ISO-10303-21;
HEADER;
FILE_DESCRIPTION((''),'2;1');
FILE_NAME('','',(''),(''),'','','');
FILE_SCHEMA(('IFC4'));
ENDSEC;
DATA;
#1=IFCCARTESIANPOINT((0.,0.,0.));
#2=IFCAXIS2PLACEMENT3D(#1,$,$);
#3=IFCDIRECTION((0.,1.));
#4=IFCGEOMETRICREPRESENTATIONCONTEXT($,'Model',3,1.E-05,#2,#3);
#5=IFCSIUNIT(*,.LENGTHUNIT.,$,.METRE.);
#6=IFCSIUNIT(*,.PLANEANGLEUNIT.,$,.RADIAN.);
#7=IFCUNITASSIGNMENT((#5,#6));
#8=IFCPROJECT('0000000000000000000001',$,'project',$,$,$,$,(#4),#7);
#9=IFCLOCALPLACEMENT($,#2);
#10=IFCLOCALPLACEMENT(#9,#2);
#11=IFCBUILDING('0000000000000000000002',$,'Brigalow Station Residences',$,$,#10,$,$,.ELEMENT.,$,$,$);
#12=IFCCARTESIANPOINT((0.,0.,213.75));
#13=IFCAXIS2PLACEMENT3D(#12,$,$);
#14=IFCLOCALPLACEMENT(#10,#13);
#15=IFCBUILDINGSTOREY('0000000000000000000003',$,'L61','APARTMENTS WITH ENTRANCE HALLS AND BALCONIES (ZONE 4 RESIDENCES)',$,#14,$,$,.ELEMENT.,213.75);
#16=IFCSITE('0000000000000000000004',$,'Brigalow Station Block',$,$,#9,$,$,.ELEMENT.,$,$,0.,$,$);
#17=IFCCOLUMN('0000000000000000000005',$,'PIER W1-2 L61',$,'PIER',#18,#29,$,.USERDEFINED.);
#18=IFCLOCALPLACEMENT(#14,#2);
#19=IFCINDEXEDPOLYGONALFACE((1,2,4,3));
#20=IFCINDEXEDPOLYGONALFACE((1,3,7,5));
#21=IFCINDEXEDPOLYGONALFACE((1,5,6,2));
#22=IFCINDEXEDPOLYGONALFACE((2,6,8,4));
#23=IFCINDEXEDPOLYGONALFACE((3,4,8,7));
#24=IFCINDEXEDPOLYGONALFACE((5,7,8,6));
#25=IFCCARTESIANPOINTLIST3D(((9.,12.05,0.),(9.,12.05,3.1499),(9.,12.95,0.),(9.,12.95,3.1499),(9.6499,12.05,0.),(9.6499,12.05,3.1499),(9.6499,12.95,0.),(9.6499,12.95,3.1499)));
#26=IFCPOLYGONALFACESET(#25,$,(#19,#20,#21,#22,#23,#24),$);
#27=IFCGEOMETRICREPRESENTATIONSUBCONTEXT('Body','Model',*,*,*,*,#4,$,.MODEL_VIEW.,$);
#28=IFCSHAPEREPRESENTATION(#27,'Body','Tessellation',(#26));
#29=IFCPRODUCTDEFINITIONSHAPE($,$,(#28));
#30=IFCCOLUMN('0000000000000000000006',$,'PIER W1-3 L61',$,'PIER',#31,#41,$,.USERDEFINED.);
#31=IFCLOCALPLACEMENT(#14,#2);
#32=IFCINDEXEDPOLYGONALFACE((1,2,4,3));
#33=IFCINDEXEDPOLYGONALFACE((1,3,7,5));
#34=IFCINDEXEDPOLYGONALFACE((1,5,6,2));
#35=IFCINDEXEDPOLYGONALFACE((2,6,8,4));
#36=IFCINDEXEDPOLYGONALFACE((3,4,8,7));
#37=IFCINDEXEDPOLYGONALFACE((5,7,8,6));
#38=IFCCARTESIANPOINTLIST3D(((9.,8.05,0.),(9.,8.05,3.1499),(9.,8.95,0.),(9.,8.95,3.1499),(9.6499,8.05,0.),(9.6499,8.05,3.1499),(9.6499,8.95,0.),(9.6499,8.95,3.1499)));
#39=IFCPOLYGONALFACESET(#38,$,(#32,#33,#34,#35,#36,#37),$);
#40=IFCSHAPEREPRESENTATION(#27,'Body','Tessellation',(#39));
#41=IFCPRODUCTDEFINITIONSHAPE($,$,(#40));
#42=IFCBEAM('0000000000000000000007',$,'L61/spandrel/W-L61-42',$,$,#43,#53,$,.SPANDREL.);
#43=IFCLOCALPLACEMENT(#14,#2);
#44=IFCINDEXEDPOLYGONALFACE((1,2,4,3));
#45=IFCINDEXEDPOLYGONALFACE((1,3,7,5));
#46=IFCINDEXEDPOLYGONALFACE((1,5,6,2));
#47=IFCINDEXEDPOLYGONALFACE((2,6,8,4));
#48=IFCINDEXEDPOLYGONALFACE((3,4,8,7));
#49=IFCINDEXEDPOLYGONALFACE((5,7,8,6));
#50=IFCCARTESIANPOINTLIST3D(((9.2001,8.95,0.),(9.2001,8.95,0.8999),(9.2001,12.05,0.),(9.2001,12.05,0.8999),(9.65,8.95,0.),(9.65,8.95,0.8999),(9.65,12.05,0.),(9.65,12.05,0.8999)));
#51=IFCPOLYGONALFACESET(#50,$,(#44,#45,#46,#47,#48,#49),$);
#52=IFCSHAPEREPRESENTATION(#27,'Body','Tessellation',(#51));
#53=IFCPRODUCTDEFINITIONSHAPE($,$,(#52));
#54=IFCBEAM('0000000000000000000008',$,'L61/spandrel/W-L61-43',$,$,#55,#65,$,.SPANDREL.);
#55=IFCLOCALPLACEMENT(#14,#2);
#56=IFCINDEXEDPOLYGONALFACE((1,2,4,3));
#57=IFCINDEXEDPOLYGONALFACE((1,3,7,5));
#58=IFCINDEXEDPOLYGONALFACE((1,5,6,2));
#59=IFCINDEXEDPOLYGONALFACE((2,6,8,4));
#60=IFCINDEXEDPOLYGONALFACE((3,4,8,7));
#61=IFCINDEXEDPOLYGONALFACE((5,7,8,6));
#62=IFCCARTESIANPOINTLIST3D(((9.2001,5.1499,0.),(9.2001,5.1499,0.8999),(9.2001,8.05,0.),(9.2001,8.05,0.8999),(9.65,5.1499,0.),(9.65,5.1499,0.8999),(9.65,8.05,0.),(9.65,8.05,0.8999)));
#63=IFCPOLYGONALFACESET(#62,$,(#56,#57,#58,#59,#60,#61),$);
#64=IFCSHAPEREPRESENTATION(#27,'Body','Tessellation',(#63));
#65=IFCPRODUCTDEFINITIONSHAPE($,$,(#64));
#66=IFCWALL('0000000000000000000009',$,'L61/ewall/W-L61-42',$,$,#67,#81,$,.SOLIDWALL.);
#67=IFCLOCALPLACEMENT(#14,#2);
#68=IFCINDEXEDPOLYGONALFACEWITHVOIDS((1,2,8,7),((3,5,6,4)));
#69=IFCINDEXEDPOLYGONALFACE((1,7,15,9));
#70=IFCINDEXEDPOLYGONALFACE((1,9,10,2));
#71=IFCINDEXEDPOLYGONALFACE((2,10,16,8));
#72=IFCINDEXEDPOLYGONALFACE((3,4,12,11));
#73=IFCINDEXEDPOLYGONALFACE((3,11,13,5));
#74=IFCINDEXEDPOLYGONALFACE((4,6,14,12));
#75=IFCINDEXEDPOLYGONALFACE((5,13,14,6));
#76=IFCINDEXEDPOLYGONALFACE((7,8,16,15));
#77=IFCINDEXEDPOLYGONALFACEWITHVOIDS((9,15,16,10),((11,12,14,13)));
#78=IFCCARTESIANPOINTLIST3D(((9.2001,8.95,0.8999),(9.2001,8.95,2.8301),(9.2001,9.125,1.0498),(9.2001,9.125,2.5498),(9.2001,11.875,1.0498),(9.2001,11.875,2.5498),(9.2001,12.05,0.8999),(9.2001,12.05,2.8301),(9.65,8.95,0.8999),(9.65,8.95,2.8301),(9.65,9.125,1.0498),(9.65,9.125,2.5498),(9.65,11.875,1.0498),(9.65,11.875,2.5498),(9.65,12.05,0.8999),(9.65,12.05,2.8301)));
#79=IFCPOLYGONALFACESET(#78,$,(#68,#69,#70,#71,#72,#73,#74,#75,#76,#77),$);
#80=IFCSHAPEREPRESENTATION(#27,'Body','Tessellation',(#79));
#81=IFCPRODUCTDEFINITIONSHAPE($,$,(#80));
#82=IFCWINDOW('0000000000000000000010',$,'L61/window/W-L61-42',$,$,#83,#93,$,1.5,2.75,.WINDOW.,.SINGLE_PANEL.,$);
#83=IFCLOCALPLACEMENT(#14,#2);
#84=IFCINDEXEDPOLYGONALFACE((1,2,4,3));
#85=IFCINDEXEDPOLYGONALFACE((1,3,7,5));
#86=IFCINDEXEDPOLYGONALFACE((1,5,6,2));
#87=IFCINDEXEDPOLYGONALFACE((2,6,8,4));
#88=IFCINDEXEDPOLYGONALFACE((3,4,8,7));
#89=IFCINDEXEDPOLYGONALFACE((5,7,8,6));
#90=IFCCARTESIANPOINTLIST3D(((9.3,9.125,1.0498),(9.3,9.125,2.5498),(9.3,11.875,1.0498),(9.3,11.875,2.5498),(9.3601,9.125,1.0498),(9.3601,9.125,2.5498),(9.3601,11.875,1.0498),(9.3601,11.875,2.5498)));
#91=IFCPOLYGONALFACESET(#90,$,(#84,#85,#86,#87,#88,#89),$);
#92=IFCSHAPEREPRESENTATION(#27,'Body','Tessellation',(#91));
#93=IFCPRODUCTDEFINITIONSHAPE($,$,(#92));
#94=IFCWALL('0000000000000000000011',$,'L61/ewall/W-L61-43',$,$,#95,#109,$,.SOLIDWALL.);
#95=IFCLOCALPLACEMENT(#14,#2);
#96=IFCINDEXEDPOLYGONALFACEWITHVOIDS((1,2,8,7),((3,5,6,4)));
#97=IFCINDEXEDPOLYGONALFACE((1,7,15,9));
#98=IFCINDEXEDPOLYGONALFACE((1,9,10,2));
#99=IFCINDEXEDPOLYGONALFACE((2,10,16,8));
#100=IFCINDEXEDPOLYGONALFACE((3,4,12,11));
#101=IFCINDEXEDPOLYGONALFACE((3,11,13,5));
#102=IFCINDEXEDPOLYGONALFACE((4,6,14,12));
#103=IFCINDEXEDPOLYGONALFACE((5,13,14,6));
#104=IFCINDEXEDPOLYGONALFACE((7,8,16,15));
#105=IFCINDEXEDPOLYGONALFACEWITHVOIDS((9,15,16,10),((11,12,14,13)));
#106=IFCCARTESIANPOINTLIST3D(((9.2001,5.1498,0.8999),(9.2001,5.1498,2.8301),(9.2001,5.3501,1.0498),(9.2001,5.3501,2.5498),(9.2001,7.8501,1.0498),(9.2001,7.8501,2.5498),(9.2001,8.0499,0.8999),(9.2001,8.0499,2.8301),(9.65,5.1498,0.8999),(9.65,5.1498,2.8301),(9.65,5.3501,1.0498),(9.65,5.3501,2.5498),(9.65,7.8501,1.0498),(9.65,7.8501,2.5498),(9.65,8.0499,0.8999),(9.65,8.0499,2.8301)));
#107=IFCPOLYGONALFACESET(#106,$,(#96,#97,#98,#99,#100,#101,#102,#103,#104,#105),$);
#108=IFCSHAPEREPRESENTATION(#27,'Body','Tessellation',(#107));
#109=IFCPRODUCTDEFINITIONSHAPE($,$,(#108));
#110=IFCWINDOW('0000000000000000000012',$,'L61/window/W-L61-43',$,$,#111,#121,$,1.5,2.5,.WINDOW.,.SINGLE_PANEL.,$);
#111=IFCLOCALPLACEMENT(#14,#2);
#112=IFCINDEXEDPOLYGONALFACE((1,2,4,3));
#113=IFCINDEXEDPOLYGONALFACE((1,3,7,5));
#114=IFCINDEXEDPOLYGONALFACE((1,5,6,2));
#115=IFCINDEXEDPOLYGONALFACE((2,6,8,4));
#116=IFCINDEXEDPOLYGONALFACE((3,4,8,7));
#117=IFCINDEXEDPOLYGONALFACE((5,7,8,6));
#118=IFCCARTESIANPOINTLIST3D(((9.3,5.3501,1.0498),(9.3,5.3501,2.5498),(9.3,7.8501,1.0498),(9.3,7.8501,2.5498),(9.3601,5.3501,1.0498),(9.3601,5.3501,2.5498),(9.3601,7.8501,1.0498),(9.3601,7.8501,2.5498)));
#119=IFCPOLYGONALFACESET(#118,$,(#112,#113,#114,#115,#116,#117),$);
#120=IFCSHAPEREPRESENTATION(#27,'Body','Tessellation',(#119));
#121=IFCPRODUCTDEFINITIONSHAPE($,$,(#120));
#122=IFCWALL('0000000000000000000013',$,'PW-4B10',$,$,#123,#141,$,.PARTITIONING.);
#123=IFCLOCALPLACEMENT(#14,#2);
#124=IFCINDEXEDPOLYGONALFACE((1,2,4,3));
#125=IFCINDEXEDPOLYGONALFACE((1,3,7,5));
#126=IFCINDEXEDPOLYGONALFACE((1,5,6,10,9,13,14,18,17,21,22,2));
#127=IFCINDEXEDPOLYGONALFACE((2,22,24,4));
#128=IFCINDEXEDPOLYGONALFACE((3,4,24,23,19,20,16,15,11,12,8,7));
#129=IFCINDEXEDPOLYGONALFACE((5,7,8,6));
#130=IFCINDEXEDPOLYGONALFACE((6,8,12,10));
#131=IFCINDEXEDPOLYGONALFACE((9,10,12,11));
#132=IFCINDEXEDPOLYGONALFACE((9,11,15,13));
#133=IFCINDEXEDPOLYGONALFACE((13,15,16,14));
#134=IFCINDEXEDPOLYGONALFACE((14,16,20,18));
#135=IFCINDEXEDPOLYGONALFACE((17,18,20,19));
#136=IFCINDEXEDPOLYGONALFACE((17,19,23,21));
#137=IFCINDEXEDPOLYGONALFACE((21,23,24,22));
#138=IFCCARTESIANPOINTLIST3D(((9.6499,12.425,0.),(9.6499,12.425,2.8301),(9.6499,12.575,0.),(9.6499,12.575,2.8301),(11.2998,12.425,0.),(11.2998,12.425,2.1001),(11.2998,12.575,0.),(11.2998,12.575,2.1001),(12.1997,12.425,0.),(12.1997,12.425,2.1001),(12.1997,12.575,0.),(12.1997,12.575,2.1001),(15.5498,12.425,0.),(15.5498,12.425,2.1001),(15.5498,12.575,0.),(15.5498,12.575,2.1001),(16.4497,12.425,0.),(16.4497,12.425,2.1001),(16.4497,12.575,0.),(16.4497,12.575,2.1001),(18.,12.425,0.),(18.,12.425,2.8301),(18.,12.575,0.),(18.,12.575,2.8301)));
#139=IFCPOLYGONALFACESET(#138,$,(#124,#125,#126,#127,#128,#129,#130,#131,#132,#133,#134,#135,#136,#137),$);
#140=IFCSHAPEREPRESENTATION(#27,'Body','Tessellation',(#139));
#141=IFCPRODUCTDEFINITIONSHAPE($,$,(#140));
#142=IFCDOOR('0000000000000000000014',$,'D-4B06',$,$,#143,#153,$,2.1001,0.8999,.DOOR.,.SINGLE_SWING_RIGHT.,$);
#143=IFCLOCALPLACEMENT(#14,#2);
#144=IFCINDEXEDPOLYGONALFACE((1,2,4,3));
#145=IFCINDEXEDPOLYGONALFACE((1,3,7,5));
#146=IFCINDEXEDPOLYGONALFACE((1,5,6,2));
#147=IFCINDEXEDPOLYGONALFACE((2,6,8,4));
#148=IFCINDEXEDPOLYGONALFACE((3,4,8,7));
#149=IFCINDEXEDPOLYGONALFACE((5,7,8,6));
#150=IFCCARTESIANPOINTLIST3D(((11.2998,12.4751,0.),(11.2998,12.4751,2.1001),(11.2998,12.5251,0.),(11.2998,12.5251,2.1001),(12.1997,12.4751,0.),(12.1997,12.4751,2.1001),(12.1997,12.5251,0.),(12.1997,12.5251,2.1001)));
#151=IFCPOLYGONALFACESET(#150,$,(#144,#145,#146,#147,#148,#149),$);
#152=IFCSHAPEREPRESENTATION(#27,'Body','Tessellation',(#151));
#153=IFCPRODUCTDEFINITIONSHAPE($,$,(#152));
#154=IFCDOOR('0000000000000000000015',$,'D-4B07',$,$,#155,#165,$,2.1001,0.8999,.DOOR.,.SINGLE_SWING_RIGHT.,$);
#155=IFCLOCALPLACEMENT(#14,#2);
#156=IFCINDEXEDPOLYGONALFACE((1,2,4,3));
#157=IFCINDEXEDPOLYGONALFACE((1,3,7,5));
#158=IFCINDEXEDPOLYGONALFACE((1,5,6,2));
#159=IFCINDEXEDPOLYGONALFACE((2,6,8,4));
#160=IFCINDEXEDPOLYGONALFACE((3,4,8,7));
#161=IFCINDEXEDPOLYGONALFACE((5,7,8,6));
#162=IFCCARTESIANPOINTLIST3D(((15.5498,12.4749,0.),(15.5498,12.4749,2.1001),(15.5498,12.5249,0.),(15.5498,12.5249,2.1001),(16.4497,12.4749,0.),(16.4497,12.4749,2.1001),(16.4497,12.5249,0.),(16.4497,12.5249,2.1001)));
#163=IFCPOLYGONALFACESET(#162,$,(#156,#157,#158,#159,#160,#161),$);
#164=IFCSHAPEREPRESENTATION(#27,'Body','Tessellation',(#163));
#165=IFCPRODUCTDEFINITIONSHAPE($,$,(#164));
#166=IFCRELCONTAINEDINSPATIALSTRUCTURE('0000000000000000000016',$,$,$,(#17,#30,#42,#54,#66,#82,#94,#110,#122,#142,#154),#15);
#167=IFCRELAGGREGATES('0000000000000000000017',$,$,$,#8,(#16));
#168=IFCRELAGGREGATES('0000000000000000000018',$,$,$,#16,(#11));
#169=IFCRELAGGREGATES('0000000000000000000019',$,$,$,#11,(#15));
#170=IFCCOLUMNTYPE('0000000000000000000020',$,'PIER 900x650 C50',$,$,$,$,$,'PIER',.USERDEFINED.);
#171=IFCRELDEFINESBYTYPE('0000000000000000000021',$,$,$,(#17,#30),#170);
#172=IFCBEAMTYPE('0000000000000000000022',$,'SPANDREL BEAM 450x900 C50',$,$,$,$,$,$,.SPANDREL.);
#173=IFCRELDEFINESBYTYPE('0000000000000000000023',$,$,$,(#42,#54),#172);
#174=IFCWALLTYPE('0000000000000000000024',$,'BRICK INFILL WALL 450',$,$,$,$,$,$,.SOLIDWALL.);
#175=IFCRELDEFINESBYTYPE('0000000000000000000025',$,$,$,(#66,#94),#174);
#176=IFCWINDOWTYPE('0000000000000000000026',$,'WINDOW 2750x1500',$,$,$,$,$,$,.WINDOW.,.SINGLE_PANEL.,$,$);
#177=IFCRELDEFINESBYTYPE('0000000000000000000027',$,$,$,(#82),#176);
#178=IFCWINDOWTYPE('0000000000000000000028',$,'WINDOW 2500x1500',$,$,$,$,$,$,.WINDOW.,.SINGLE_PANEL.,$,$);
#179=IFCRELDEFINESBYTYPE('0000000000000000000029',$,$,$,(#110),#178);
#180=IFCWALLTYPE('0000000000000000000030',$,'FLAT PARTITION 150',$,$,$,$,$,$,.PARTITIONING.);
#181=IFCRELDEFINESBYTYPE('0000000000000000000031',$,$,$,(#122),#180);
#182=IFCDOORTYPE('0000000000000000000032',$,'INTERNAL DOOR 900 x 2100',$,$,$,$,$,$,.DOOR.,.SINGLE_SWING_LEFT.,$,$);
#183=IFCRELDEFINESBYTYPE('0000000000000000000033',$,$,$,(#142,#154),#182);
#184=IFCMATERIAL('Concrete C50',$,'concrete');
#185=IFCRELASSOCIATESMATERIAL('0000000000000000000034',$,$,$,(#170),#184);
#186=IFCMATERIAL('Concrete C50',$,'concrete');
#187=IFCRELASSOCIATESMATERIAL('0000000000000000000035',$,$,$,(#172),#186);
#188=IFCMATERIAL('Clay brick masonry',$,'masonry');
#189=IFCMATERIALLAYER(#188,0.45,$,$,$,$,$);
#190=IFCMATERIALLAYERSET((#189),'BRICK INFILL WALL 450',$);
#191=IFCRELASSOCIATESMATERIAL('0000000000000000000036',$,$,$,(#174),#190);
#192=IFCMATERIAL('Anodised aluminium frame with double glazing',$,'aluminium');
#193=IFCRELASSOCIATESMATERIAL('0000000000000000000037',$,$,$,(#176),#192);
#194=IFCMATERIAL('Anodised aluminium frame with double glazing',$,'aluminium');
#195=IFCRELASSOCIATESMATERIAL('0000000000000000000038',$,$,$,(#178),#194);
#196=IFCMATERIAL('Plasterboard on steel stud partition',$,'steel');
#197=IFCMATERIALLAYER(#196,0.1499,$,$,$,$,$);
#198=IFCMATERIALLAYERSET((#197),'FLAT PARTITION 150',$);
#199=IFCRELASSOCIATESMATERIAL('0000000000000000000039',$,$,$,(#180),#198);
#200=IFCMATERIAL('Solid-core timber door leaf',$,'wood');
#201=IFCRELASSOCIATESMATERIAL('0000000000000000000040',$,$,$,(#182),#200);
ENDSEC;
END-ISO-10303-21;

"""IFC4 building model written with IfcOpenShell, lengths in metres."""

from ifc_helpers import new_model, si_unit, direction, frame, frame_2d, origin, origin_2d, place, context, subcontext, project, spatial, rectangle, extrude, material, layer, layer_set, material_profile, profile_set, type_object, element, fill, save


model = new_model("IFC4")

# Units and contexts
model_context = context("Model", 3, precision=1e-05, world=origin(), true_north=direction((0.0, 1.0)))
body_context = subcontext(model_context, "Body", "Model", "MODEL_VIEW")
ifc_project = project(units=[si_unit("LENGTHUNIT", "METRE"), si_unit("PLANEANGLEUNIT", "RADIAN")], contexts=[model_context])

# Site, building, storey
site_placement = place(None, origin())
site = spatial("IfcSite", under=ifc_project, at=site_placement, Name="Brigalow Station Block", CompositionType="ELEMENT", RefElevation=0.0)
building_placement = place(site_placement, origin())
building = spatial("IfcBuilding", under=site, at=building_placement, Name="Brigalow Station Residences", CompositionType="ELEMENT")
storey_placement = place(building_placement, frame((0.0, 0.0, 213.75)))
storey = spatial("IfcBuildingStorey", under=building, at=storey_placement, Name="L61", Description="APARTMENTS WITH ENTRANCE HALLS AND BALCONIES (ZONE 4 RESIDENCES)", CompositionType="ELEMENT", Elevation=213.75)

# Columns
ifc_material_1 = material(Name="Concrete C50", Category="concrete")
ifc_material_profile_1 = material_profile(ifc_material_1, rectangle(XDim=0.8999, YDim=0.6499, at=origin_2d()), Name="RC900x650")
ifc_profile_set_1 = profile_set([ifc_material_profile_1], Name="Concrete C50")
column_type = type_object("IfcColumnType", Name="PIER 900x650 C50", ElementType="PIER", PredefinedType="USERDEFINED", material=ifc_profile_set_1)
for number, where, z_axis, x_axis, name in (
    (1, (9.325, 12.5, 0.0), (0.0, 0.0, 1.0), (0.0, -1.0, 0.0), "PIER W1-2 L61"),
    (2, (9.325, 8.5, 0.0), (0.0, 0.0, 1.0), (0.0, -1.0, 0.0), "PIER W1-3 L61"),
):
    element("IfcColumn", number, at=place(storey_placement, frame(where, z_axis=z_axis, x_axis=x_axis)), inside=storey, type_object=column_type, Name=name, ObjectType="PIER", PredefinedType="USERDEFINED", context=body_context, shape_type="SweptSolid", body=[
        extrude(rectangle(XDim=0.8999, YDim=0.6499, at=origin_2d()), origin(), (0.0, 0.0, 1.0), 3.1499),
    ])

# Beams
ifc_material_2 = material(Name="Concrete C50", Category="concrete")
ifc_material_profile_2 = material_profile(ifc_material_2, rectangle(XDim=0.45, YDim=0.8999, at=origin_2d()), Name="RC450x900")
ifc_profile_set_2 = profile_set([ifc_material_profile_2], Name="Concrete C50")
beam_type = type_object("IfcBeamType", Name="SPANDREL BEAM 450x900 C50", PredefinedType="SPANDREL", material=ifc_profile_set_2)
beam_1_placement = place(storey_placement, frame((9.425, 12.05, 0.45), z_axis=(0.0, -1.0, 0.0), x_axis=(1.0, 0.0, 0.0)))
element("IfcBeam", 3, at=beam_1_placement, inside=storey, type_object=beam_type, Name="L61/spandrel/W-L61-42", PredefinedType="SPANDREL", context=body_context, shape_type="SweptSolid", body=[
    extrude(rectangle(XDim=0.45, YDim=0.8999, at=origin_2d()), origin(), (0.0, 0.0, 1.0), 3.1001),
])
beam_2_placement = place(storey_placement, frame((9.425, 8.05, 0.45), z_axis=(0.0, -1.0, 0.0), x_axis=(1.0, 0.0, 0.0)))
element("IfcBeam", 4, at=beam_2_placement, inside=storey, type_object=beam_type, Name="L61/spandrel/W-L61-43", PredefinedType="SPANDREL", context=body_context, shape_type="SweptSolid", body=[
    extrude(rectangle(XDim=0.45, YDim=0.8999, at=origin_2d()), origin(), (0.0, 0.0, 1.0), 2.9001),
])

# Walls, openings, windows
ifc_material_3 = material(Name="Clay brick masonry", Category="masonry")
ifc_layer_1 = layer(ifc_material_3, 0.45)
ifc_layer_set_1 = layer_set([ifc_layer_1], Name="BRICK INFILL WALL 450")
wall_type_1 = type_object("IfcWallType", Name="BRICK INFILL WALL 450", PredefinedType="SOLIDWALL", material=ifc_layer_set_1)
wall_1_placement = place(storey_placement, frame((9.425, 12.05, 0.8999), z_axis=(0.0, 0.0, 1.0), x_axis=(0.0, -1.0, 0.0)))
wall_1 = element("IfcWall", 5, at=wall_1_placement, inside=storey, type_object=wall_type_1, Name="L61/ewall/W-L61-42", PredefinedType="SOLIDWALL", context=body_context, shape_type="SweptSolid", body=[
    extrude(rectangle(XDim=3.1001, YDim=0.45, at=frame_2d((1.55, 0.0))), origin(), (0.0, 0.0, 1.0), 1.9302),
])
opening_1_placement = place(wall_1_placement, frame((0.175, 0.0, 0.1499)))
opening_1 = element("IfcOpeningElement", 6, at=opening_1_placement, cuts=wall_1, PredefinedType="OPENING", context=body_context, shape_type="SweptSolid", body=[
    extrude(rectangle(XDim=2.75, YDim=1.5, at=frame_2d((1.375, 0.75))), frame((0.0, 0.2349, 0.0), z_axis=(0.0, -1.0, 0.0), x_axis=(1.0, 0.0, 0.0)), (0.0, 0.0, 1.0), 0.47),
])
ifc_material_4 = material(Name="Anodised aluminium frame with double glazing", Category="aluminium")
window_type_1 = type_object("IfcWindowType", Name="WINDOW 2750x1500", PartitioningType="SINGLE_PANEL", PredefinedType="WINDOW", material=ifc_material_4)
window_1_placement = place(opening_1_placement, origin())
window_1 = element("IfcWindow", 7, at=window_1_placement, inside=storey, type_object=window_type_1, Name="L61/window/W-L61-42", OverallHeight=1.5, OverallWidth=2.75, PartitioningType="SINGLE_PANEL", PredefinedType="WINDOW", context=body_context, shape_type="SweptSolid", body=[
    extrude(rectangle(XDim=2.75, YDim=1.5, at=frame_2d((1.375, 0.75))), frame((0.0, -0.0649, 0.0), z_axis=(0.0, -1.0, 0.0), x_axis=(1.0, 0.0, 0.0)), (0.0, 0.0, 1.0), 0.0601),
])
fill(opening_1, window_1)
wall_2_placement = place(storey_placement, frame((9.425, 8.05, 0.8999), z_axis=(0.0, 0.0, 1.0), x_axis=(0.0, -1.0, 0.0)))
wall_2 = element("IfcWall", 8, at=wall_2_placement, inside=storey, type_object=wall_type_1, Name="L61/ewall/W-L61-43", PredefinedType="SOLIDWALL", context=body_context, shape_type="SweptSolid", body=[
    extrude(rectangle(XDim=2.9001, YDim=0.45, at=frame_2d((1.4502, 0.0))), origin(), (0.0, 0.0, 1.0), 1.9302),
])
opening_2_placement = place(wall_2_placement, frame((0.2, 0.0, 0.1499)))
opening_2 = element("IfcOpeningElement", 9, at=opening_2_placement, cuts=wall_2, PredefinedType="OPENING", context=body_context, shape_type="SweptSolid", body=[
    extrude(rectangle(XDim=2.5, YDim=1.5, at=frame_2d((1.25, 0.75))), frame((0.0, 0.2349, 0.0), z_axis=(0.0, -1.0, 0.0), x_axis=(1.0, 0.0, 0.0)), (0.0, 0.0, 1.0), 0.47),
])
ifc_material_5 = material(Name="Anodised aluminium frame with double glazing", Category="aluminium")
window_type_2 = type_object("IfcWindowType", Name="WINDOW 2500x1500", PartitioningType="SINGLE_PANEL", PredefinedType="WINDOW", material=ifc_material_5)
window_2_placement = place(opening_2_placement, origin())
window_2 = element("IfcWindow", 10, at=window_2_placement, inside=storey, type_object=window_type_2, Name="L61/window/W-L61-43", OverallHeight=1.5, OverallWidth=2.5, PartitioningType="SINGLE_PANEL", PredefinedType="WINDOW", context=body_context, shape_type="SweptSolid", body=[
    extrude(rectangle(XDim=2.5, YDim=1.5, at=frame_2d((1.25, 0.75))), frame((0.0, -0.0649, 0.0), z_axis=(0.0, -1.0, 0.0), x_axis=(1.0, 0.0, 0.0)), (0.0, 0.0, 1.0), 0.0601),
])
fill(opening_2, window_2)

# Wall, openings, doors
ifc_material_6 = material(Name="Plasterboard on steel stud partition", Category="steel")
ifc_layer_2 = layer(ifc_material_6, 0.1499)
ifc_layer_set_2 = layer_set([ifc_layer_2], Name="FLAT PARTITION 150")
wall_type_2 = type_object("IfcWallType", Name="FLAT PARTITION 150", PredefinedType="PARTITIONING", material=ifc_layer_set_2)
wall_3_placement = place(storey_placement, frame((9.6499, 12.5, 0.0), z_axis=(0.0, 0.0, 1.0), x_axis=(1.0, 0.0, 0.0)))
wall_3 = element("IfcWall", 11, at=wall_3_placement, inside=storey, type_object=wall_type_2, Name="PW-4B10", PredefinedType="PARTITIONING", context=body_context, shape_type="SweptSolid", body=[
    extrude(rectangle(XDim=8.3501, YDim=0.1499, at=frame_2d((4.175, 0.0))), origin(), (0.0, 0.0, 1.0), 2.8301),
])
opening_3_placement = place(wall_3_placement, frame((1.6499, 0.0, 0.0)))
opening_3 = element("IfcOpeningElement", 12, at=opening_3_placement, cuts=wall_3, PredefinedType="OPENING", context=body_context, shape_type="SweptSolid", body=[
    extrude(rectangle(XDim=0.8999, YDim=2.1001, at=frame_2d((0.45, 1.05))), frame((0.0, 0.085, 0.0), z_axis=(0.0, -1.0, 0.0), x_axis=(1.0, 0.0, 0.0)), (0.0, 0.0, 1.0), 0.1699),
])
opening_4_placement = place(wall_3_placement, frame((5.8999, 0.0, 0.0)))
opening_4 = element("IfcOpeningElement", 13, at=opening_4_placement, cuts=wall_3, PredefinedType="OPENING", context=body_context, shape_type="SweptSolid", body=[
    extrude(rectangle(XDim=0.8999, YDim=2.1001, at=frame_2d((0.45, 1.05))), frame((0.0, 0.085, 0.0), z_axis=(0.0, -1.0, 0.0), x_axis=(1.0, 0.0, 0.0)), (0.0, 0.0, 1.0), 0.1699),
])
ifc_material_7 = material(Name="Solid-core timber door leaf", Category="wood")
door_type = type_object("IfcDoorType", Name="INTERNAL DOOR 900 x 2100", OperationType="SINGLE_SWING_LEFT", PredefinedType="DOOR", material=ifc_material_7)
door_1_placement = place(opening_3_placement, frame((0.8999, 0.0, 0.0), z_axis=(0.0, 0.0, 1.0), x_axis=(-1.0, 0.0, 0.0)))
door_1 = element("IfcDoor", 14, at=door_1_placement, inside=storey, type_object=door_type, Name="D-4B06", OperationType="SINGLE_SWING_RIGHT", OverallHeight=2.1001, OverallWidth=0.8999, PredefinedType="DOOR", context=body_context, shape_type="SweptSolid", body=[
    extrude(rectangle(XDim=0.8999, YDim=2.1001, at=frame_2d((0.45, 1.05))), frame((0.0, 0.0249, 0.0), z_axis=(0.0, -1.0, 0.0), x_axis=(1.0, 0.0, 0.0)), (0.0, 0.0, 1.0), 0.05),
])
fill(opening_3, door_1)
door_2_placement = place(opening_4_placement, origin())
door_2 = element("IfcDoor", 15, at=door_2_placement, inside=storey, type_object=door_type, Name="D-4B07", OperationType="SINGLE_SWING_RIGHT", OverallHeight=2.1001, OverallWidth=0.8999, PredefinedType="DOOR", context=body_context, shape_type="SweptSolid", body=[
    extrude(rectangle(XDim=0.8999, YDim=2.1001, at=frame_2d((0.45, 1.05))), frame((0.0, 0.0249, 0.0), z_axis=(0.0, -1.0, 0.0), x_axis=(1.0, 0.0, 0.0)), (0.0, 0.0, 1.0), 0.05),
])
fill(opening_4, door_2)

save(model, "model.ifc")
